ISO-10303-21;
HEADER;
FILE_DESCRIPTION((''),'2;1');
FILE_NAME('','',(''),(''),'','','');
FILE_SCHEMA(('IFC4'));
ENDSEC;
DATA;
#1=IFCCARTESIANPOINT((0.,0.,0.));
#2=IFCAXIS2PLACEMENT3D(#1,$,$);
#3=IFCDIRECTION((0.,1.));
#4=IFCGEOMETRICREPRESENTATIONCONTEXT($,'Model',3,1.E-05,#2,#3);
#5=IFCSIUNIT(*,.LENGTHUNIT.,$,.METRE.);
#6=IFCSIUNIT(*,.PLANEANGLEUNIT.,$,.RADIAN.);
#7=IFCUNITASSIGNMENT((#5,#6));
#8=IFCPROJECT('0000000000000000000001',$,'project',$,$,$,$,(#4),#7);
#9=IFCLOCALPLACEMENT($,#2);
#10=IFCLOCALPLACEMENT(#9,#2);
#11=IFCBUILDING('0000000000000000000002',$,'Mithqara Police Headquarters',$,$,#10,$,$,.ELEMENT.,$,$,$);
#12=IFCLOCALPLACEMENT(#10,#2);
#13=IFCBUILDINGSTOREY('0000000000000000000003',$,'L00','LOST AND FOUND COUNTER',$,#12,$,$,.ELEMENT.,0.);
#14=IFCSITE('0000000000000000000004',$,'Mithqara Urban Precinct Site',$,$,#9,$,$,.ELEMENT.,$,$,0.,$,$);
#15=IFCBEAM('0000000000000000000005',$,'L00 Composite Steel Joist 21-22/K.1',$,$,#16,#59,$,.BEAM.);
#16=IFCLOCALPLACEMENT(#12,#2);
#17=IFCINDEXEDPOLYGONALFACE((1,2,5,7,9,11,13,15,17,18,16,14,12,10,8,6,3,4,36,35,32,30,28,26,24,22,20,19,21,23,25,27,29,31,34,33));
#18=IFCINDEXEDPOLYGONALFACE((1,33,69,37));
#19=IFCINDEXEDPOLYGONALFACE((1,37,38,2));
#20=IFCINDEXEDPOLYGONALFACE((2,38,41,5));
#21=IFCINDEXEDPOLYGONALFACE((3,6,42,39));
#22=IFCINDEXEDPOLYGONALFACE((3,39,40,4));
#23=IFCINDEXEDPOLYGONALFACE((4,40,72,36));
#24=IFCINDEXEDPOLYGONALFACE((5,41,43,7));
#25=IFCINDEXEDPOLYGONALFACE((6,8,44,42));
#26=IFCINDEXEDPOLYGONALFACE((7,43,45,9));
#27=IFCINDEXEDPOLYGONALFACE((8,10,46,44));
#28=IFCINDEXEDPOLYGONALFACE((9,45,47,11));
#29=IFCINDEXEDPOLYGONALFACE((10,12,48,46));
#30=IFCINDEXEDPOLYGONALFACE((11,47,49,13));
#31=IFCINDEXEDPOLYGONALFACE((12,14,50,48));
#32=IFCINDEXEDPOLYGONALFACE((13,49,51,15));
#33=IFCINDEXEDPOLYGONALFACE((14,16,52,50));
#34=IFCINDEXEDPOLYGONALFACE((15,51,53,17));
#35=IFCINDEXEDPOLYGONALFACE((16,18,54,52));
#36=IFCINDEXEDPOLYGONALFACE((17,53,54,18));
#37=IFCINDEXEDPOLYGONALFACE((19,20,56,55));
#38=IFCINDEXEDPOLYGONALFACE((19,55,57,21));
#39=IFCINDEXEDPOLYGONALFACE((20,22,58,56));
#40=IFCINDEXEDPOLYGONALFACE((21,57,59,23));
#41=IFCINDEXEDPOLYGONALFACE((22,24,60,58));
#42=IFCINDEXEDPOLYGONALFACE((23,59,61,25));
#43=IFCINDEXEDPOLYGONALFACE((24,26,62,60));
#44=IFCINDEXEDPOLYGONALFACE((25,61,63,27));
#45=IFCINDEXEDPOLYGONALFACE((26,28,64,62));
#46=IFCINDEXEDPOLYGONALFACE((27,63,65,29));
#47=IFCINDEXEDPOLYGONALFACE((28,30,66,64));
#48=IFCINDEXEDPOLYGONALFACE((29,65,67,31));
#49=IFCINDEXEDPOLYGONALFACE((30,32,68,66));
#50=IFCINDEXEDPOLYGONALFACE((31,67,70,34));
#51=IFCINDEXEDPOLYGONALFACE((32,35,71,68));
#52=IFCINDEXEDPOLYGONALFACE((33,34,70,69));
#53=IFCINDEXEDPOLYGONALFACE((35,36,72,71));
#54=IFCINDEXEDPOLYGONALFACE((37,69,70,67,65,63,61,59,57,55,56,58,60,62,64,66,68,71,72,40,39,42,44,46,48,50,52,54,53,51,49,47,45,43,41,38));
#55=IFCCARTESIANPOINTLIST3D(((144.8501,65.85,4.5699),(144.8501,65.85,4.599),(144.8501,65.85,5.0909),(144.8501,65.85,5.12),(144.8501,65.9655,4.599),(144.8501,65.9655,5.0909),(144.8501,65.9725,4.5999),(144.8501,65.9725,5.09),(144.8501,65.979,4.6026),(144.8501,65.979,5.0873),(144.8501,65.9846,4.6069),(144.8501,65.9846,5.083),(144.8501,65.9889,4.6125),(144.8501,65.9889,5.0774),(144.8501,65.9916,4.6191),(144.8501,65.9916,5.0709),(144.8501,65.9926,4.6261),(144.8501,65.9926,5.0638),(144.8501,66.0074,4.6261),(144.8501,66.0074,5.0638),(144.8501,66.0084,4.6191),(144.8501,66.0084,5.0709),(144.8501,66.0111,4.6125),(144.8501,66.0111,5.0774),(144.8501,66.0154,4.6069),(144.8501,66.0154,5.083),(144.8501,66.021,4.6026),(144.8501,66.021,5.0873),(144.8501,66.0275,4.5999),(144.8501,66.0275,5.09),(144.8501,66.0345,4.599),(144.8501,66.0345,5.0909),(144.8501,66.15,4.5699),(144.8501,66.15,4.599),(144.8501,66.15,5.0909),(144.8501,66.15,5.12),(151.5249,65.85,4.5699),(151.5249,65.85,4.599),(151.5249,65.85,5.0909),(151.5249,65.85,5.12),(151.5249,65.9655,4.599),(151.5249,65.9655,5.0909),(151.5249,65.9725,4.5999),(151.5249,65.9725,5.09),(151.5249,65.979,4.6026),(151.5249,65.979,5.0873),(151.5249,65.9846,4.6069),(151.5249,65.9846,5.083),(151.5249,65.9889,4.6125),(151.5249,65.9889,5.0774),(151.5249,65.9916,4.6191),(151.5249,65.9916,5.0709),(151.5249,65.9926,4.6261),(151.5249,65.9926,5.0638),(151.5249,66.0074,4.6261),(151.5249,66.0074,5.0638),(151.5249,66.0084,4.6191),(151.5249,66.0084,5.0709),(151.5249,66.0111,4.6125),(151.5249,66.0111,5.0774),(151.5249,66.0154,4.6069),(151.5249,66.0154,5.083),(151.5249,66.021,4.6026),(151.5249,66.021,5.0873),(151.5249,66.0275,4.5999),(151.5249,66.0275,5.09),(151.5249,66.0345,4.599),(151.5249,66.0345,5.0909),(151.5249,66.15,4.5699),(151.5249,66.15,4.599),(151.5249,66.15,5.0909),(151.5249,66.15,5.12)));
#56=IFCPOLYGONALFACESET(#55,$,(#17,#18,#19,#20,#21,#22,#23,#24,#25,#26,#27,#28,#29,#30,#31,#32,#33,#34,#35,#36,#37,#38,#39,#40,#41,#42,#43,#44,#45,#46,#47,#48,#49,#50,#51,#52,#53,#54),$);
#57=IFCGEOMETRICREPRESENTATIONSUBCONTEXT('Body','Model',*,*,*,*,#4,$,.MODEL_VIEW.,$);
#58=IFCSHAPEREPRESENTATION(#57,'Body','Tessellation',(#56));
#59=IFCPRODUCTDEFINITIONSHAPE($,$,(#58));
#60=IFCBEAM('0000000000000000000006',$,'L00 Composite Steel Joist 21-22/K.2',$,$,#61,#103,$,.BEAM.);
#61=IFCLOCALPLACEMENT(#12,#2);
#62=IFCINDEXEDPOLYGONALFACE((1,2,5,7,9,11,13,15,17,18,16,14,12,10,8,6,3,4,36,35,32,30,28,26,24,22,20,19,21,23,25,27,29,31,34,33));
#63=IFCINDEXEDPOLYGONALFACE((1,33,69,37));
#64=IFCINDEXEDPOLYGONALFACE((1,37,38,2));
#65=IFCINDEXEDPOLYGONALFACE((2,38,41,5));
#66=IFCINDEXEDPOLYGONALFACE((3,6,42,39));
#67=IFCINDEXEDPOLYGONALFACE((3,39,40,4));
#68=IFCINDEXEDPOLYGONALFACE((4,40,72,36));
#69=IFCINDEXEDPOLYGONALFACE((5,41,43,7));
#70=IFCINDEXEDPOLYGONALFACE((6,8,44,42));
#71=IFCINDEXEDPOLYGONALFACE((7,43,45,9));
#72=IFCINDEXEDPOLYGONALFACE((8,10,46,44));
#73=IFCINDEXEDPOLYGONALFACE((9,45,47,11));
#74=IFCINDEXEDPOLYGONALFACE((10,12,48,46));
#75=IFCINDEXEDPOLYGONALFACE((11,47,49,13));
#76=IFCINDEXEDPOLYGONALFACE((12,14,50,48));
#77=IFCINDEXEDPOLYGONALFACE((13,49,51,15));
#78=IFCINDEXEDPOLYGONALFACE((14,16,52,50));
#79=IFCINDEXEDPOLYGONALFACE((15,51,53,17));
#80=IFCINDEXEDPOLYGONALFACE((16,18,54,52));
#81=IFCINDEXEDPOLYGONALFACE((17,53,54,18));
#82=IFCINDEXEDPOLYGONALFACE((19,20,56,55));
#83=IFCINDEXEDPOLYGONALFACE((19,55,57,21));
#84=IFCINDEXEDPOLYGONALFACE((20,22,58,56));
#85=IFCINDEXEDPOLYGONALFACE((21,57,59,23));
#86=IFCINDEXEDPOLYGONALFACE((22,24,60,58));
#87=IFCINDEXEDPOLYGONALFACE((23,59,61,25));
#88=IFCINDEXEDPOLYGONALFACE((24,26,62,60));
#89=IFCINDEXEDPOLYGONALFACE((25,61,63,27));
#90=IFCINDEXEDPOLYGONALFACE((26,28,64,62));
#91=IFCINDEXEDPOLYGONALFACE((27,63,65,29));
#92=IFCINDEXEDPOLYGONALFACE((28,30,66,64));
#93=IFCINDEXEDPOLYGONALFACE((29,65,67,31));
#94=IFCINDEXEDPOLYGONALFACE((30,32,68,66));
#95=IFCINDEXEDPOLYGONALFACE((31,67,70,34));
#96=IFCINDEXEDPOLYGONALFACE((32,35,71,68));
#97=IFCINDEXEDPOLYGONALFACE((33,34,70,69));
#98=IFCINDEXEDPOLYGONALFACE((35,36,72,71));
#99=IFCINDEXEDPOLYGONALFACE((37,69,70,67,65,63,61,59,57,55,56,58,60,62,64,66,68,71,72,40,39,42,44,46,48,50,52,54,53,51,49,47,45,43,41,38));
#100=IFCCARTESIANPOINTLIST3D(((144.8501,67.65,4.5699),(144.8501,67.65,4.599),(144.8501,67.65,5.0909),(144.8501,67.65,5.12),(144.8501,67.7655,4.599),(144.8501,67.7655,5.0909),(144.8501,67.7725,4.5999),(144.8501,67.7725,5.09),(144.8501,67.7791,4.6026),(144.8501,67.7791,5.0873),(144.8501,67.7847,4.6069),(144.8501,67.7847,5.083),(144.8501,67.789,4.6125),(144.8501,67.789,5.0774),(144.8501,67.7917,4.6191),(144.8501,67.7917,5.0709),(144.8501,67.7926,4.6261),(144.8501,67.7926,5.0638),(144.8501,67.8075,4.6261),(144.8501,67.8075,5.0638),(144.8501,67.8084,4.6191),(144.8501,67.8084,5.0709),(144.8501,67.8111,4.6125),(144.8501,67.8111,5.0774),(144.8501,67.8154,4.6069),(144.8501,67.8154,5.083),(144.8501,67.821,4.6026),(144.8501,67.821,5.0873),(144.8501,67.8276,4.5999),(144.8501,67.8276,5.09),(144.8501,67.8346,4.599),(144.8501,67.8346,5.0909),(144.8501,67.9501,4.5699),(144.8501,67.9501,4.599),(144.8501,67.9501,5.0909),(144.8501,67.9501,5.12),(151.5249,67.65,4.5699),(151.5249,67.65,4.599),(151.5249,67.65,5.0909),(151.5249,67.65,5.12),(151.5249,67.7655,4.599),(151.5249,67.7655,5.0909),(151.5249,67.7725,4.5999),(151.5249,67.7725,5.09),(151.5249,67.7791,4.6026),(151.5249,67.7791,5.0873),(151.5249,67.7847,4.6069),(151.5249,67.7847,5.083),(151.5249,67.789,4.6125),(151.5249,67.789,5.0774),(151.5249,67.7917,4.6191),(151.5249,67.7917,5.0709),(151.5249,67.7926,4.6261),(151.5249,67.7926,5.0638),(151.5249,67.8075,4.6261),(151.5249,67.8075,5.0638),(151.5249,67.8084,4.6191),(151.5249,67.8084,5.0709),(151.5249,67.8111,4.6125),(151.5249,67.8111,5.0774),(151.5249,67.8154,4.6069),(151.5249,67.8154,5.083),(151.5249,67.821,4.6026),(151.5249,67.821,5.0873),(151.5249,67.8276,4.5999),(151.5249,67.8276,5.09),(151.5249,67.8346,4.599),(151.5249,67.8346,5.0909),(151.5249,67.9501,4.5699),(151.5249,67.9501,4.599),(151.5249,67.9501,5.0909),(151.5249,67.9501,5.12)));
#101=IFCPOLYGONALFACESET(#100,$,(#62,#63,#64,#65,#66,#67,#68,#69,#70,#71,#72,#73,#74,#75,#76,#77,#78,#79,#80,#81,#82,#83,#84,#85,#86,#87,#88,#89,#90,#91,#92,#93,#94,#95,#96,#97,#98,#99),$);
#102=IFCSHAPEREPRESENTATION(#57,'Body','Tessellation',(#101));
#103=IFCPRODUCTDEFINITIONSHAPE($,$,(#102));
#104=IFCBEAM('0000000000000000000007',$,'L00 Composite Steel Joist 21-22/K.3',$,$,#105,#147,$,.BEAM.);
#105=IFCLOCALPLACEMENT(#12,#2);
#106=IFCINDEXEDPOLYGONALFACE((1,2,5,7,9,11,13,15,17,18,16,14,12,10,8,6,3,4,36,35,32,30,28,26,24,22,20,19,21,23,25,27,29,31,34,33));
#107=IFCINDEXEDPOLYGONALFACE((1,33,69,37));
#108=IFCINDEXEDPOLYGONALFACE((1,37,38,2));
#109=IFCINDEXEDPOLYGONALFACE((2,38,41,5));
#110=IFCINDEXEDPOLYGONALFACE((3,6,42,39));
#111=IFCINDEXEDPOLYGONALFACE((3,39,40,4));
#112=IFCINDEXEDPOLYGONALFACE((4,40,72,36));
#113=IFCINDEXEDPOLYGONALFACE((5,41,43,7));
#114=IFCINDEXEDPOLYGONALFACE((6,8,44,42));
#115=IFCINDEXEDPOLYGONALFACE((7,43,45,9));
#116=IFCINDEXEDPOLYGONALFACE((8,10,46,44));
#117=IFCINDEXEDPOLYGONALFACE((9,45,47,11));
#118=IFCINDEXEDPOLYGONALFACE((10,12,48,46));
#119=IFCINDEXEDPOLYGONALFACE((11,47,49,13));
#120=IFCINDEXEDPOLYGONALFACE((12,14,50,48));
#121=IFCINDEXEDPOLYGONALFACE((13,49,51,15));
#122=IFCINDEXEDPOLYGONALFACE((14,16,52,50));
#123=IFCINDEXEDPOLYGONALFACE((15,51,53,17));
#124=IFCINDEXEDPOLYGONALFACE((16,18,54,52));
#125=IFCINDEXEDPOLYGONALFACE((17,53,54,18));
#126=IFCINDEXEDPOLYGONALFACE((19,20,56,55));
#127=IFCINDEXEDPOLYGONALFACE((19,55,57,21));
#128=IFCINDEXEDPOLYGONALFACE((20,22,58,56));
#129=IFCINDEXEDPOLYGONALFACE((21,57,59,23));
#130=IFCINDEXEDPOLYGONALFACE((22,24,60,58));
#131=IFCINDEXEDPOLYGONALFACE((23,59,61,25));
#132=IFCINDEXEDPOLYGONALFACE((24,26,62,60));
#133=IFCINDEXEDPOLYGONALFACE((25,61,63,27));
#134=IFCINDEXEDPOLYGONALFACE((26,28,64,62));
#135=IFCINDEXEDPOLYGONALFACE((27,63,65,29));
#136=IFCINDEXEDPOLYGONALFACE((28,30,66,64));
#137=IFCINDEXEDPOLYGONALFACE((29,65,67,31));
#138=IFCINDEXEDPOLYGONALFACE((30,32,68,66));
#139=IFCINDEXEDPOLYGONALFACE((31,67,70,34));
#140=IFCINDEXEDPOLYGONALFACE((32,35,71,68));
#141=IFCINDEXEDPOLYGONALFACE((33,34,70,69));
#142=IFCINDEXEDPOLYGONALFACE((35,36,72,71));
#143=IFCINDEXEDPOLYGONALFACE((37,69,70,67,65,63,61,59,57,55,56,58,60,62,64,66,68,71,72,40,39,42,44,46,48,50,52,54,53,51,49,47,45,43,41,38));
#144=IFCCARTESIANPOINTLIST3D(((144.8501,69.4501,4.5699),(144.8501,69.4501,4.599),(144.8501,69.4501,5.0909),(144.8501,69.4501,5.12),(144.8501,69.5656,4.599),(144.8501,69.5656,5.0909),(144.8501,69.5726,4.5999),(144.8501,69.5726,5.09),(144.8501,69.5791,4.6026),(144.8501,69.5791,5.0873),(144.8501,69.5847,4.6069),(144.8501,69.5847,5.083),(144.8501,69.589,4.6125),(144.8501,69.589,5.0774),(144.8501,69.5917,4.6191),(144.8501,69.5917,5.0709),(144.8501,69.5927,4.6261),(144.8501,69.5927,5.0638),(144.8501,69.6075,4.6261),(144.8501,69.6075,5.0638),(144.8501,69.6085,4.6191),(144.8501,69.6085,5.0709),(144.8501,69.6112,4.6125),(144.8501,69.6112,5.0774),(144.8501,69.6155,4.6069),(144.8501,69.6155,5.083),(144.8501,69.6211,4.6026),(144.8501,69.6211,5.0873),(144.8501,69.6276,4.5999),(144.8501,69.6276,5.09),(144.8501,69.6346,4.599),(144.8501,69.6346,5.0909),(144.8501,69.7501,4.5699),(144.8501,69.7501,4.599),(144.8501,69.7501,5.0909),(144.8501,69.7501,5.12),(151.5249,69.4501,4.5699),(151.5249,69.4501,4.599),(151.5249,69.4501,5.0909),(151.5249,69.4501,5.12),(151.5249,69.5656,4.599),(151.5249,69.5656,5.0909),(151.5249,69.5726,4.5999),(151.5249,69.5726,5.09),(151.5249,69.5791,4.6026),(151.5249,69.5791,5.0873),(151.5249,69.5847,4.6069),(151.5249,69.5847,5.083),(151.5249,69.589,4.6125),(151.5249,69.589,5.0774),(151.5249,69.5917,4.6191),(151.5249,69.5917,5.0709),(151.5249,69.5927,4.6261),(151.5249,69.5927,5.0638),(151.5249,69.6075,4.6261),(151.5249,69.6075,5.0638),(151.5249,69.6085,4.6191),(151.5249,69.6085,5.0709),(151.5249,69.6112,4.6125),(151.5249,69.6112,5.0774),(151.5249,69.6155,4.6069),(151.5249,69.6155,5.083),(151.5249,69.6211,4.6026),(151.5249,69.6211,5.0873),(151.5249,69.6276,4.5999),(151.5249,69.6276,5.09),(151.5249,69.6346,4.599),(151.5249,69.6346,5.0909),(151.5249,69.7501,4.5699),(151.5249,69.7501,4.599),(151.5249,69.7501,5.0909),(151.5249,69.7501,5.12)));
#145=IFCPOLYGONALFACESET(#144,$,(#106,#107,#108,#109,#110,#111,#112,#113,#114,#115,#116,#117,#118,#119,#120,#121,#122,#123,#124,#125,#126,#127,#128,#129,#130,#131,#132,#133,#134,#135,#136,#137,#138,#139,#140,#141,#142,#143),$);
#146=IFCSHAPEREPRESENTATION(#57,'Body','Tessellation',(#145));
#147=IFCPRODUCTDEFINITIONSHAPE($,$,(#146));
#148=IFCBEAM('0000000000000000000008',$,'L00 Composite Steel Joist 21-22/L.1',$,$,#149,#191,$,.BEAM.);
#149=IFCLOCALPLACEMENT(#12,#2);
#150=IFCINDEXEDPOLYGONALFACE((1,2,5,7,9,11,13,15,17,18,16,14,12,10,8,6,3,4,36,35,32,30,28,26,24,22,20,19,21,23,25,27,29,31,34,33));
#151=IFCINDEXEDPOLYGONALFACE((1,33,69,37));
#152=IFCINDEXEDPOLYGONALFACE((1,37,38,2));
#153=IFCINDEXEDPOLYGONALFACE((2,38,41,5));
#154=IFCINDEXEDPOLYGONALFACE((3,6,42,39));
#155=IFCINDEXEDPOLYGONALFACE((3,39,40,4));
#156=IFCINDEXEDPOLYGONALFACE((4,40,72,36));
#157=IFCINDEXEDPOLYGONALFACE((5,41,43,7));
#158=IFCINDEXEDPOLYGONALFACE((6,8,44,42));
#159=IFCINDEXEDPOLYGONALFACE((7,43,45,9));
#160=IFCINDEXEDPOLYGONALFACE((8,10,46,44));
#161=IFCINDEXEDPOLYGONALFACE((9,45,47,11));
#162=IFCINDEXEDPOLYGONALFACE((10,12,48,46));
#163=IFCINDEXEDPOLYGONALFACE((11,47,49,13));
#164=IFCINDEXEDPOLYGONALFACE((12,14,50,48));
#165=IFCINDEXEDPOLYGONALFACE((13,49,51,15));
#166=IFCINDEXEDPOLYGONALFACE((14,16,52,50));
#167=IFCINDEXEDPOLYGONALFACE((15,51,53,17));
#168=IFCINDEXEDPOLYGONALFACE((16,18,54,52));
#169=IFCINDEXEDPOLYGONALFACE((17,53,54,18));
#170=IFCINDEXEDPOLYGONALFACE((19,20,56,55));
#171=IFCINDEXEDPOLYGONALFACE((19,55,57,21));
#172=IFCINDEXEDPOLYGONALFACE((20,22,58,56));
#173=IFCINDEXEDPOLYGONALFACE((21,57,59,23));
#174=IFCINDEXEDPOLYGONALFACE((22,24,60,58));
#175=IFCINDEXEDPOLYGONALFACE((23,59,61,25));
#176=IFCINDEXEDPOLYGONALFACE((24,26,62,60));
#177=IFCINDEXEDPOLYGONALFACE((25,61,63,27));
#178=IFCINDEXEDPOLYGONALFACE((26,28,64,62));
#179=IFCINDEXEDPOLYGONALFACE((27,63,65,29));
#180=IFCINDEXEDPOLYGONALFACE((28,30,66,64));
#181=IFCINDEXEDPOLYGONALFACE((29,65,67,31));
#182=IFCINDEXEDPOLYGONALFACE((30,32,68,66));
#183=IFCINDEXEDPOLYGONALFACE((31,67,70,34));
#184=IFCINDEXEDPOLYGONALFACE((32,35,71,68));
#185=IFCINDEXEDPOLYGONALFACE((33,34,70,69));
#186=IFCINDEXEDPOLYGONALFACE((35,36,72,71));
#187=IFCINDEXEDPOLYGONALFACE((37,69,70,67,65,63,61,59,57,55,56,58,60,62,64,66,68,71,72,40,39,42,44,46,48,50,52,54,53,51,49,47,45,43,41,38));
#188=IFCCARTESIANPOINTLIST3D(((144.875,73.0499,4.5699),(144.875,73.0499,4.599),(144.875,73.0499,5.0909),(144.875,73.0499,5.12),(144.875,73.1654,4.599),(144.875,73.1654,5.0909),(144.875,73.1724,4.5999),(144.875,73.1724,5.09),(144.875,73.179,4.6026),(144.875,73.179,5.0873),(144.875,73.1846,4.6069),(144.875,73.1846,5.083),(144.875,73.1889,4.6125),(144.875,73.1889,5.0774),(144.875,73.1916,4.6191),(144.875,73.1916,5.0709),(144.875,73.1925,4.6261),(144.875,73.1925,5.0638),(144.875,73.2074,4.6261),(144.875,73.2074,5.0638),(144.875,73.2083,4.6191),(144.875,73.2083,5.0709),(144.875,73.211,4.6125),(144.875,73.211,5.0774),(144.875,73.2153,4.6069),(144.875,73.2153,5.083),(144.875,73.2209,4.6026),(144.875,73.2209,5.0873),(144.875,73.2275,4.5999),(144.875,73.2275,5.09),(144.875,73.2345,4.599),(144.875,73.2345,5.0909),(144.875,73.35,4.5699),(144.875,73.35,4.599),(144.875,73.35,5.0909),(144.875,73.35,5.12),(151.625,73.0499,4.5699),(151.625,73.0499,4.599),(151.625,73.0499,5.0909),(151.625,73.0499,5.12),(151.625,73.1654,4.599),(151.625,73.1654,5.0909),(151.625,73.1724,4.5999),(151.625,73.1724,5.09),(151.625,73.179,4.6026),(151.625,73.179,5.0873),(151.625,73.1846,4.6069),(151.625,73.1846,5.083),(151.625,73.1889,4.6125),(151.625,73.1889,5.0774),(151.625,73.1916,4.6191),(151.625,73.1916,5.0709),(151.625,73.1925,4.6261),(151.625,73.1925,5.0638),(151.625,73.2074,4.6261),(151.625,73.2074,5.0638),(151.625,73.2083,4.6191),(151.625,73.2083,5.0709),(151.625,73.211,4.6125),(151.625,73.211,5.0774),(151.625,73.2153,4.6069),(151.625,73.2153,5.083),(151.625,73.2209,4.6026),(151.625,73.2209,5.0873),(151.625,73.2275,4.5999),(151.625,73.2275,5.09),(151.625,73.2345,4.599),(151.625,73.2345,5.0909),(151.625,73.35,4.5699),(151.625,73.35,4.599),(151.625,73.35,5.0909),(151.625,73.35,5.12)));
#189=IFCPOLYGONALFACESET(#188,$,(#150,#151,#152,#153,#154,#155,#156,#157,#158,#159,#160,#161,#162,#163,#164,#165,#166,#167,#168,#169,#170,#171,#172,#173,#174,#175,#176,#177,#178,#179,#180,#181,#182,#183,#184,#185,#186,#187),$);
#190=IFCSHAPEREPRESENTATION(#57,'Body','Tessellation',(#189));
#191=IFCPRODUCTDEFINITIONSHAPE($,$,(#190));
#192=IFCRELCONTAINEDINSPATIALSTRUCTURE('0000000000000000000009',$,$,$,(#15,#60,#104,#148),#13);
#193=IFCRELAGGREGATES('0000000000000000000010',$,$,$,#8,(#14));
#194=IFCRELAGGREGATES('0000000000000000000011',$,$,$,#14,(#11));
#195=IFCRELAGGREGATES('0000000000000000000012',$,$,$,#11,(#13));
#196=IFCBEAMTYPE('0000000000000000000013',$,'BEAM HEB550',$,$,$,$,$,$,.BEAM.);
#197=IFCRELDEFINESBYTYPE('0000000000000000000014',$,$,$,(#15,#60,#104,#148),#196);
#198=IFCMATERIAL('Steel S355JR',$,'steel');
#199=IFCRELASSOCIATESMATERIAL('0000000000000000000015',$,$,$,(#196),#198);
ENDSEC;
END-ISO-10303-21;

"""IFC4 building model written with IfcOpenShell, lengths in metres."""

from ifc_helpers import new_model, si_unit, direction, frame, origin, origin_2d, place, context, subcontext, project, spatial, i_section, extrude, material, material_profile, profile_set, type_object, element, save


model = new_model("IFC4")

# Units and contexts
model_context = context("Model", 3, precision=1e-05, world=origin(), true_north=direction((0.0, 1.0)))
body_context = subcontext(model_context, "Body", "Model", "MODEL_VIEW")
ifc_project = project(units=[si_unit("LENGTHUNIT", "METRE"), si_unit("PLANEANGLEUNIT", "RADIAN")], contexts=[model_context])

# Site, building, storey
site_placement = place(None, origin())
site = spatial("IfcSite", under=ifc_project, at=site_placement, Name="Mithqara Urban Precinct Site", CompositionType="ELEMENT", RefElevation=0.0)
building_placement = place(site_placement, origin())
building = spatial("IfcBuilding", under=site, at=building_placement, Name="Mithqara Police Headquarters", CompositionType="ELEMENT")
storey_placement = place(building_placement, origin())
storey = spatial("IfcBuildingStorey", under=building, at=storey_placement, Name="L00", Description="LOST AND FOUND COUNTER", CompositionType="ELEMENT", Elevation=0.0)

# Beams
ifc_material_1 = material(Name="Steel S355JR", Category="steel")
ifc_material_profile_1 = material_profile(ifc_material_1, i_section(OverallWidth=0.3, OverallDepth=0.55, WebThickness=0.0149, FlangeThickness=0.0291, FilletRadius=0.0271, at=origin_2d()), Name="HEB 550")
ifc_profile_set_1 = profile_set([ifc_material_profile_1], Name="Steel S355JR")
beam_type_1 = type_object("IfcBeamType", Name="BEAM HEB550", PredefinedType="BEAM", material=ifc_profile_set_1)
for number, where, z_axis, x_axis, name in (
    (1, (144.8501, 66.0, 4.845), (1.0, 0.0, 0.0), (0.0, 1.0, 0.0), "L00 Composite Steel Joist 21-22/K.1"),
    (2, (144.8501, 67.8, 4.845), (1.0, 0.0, 0.0), (0.0, 1.0, 0.0), "L00 Composite Steel Joist 21-22/K.2"),
    (3, (144.8501, 69.6001, 4.845), (1.0, 0.0, 0.0), (0.0, 1.0, 0.0), "L00 Composite Steel Joist 21-22/K.3"),
):
    element("IfcBeam", number, at=place(storey_placement, frame(where, z_axis=z_axis, x_axis=x_axis)), inside=storey, type_object=beam_type_1, Name=name, PredefinedType="BEAM", context=body_context, shape_type="SweptSolid", body=[
        extrude(i_section(OverallWidth=0.3, OverallDepth=0.55, WebThickness=0.0149, FlangeThickness=0.0291, FilletRadius=0.0271, at=origin_2d()), origin(), (0.0, 0.0, 1.0), 6.6748),
    ])
beam_1_placement = place(storey_placement, frame((144.875, 73.2, 4.845), z_axis=(1.0, 0.0, 0.0), x_axis=(0.0, 1.0, 0.0)))
element("IfcBeam", 4, at=beam_1_placement, inside=storey, type_object=beam_type_1, Name="L00 Composite Steel Joist 21-22/L.1", PredefinedType="BEAM", context=body_context, shape_type="SweptSolid", body=[
    extrude(i_section(OverallWidth=0.3, OverallDepth=0.55, WebThickness=0.0149, FlangeThickness=0.0291, FilletRadius=0.0271, at=origin_2d()), origin(), (0.0, 0.0, 1.0), 6.75),
])

save(model, "model.ifc")
